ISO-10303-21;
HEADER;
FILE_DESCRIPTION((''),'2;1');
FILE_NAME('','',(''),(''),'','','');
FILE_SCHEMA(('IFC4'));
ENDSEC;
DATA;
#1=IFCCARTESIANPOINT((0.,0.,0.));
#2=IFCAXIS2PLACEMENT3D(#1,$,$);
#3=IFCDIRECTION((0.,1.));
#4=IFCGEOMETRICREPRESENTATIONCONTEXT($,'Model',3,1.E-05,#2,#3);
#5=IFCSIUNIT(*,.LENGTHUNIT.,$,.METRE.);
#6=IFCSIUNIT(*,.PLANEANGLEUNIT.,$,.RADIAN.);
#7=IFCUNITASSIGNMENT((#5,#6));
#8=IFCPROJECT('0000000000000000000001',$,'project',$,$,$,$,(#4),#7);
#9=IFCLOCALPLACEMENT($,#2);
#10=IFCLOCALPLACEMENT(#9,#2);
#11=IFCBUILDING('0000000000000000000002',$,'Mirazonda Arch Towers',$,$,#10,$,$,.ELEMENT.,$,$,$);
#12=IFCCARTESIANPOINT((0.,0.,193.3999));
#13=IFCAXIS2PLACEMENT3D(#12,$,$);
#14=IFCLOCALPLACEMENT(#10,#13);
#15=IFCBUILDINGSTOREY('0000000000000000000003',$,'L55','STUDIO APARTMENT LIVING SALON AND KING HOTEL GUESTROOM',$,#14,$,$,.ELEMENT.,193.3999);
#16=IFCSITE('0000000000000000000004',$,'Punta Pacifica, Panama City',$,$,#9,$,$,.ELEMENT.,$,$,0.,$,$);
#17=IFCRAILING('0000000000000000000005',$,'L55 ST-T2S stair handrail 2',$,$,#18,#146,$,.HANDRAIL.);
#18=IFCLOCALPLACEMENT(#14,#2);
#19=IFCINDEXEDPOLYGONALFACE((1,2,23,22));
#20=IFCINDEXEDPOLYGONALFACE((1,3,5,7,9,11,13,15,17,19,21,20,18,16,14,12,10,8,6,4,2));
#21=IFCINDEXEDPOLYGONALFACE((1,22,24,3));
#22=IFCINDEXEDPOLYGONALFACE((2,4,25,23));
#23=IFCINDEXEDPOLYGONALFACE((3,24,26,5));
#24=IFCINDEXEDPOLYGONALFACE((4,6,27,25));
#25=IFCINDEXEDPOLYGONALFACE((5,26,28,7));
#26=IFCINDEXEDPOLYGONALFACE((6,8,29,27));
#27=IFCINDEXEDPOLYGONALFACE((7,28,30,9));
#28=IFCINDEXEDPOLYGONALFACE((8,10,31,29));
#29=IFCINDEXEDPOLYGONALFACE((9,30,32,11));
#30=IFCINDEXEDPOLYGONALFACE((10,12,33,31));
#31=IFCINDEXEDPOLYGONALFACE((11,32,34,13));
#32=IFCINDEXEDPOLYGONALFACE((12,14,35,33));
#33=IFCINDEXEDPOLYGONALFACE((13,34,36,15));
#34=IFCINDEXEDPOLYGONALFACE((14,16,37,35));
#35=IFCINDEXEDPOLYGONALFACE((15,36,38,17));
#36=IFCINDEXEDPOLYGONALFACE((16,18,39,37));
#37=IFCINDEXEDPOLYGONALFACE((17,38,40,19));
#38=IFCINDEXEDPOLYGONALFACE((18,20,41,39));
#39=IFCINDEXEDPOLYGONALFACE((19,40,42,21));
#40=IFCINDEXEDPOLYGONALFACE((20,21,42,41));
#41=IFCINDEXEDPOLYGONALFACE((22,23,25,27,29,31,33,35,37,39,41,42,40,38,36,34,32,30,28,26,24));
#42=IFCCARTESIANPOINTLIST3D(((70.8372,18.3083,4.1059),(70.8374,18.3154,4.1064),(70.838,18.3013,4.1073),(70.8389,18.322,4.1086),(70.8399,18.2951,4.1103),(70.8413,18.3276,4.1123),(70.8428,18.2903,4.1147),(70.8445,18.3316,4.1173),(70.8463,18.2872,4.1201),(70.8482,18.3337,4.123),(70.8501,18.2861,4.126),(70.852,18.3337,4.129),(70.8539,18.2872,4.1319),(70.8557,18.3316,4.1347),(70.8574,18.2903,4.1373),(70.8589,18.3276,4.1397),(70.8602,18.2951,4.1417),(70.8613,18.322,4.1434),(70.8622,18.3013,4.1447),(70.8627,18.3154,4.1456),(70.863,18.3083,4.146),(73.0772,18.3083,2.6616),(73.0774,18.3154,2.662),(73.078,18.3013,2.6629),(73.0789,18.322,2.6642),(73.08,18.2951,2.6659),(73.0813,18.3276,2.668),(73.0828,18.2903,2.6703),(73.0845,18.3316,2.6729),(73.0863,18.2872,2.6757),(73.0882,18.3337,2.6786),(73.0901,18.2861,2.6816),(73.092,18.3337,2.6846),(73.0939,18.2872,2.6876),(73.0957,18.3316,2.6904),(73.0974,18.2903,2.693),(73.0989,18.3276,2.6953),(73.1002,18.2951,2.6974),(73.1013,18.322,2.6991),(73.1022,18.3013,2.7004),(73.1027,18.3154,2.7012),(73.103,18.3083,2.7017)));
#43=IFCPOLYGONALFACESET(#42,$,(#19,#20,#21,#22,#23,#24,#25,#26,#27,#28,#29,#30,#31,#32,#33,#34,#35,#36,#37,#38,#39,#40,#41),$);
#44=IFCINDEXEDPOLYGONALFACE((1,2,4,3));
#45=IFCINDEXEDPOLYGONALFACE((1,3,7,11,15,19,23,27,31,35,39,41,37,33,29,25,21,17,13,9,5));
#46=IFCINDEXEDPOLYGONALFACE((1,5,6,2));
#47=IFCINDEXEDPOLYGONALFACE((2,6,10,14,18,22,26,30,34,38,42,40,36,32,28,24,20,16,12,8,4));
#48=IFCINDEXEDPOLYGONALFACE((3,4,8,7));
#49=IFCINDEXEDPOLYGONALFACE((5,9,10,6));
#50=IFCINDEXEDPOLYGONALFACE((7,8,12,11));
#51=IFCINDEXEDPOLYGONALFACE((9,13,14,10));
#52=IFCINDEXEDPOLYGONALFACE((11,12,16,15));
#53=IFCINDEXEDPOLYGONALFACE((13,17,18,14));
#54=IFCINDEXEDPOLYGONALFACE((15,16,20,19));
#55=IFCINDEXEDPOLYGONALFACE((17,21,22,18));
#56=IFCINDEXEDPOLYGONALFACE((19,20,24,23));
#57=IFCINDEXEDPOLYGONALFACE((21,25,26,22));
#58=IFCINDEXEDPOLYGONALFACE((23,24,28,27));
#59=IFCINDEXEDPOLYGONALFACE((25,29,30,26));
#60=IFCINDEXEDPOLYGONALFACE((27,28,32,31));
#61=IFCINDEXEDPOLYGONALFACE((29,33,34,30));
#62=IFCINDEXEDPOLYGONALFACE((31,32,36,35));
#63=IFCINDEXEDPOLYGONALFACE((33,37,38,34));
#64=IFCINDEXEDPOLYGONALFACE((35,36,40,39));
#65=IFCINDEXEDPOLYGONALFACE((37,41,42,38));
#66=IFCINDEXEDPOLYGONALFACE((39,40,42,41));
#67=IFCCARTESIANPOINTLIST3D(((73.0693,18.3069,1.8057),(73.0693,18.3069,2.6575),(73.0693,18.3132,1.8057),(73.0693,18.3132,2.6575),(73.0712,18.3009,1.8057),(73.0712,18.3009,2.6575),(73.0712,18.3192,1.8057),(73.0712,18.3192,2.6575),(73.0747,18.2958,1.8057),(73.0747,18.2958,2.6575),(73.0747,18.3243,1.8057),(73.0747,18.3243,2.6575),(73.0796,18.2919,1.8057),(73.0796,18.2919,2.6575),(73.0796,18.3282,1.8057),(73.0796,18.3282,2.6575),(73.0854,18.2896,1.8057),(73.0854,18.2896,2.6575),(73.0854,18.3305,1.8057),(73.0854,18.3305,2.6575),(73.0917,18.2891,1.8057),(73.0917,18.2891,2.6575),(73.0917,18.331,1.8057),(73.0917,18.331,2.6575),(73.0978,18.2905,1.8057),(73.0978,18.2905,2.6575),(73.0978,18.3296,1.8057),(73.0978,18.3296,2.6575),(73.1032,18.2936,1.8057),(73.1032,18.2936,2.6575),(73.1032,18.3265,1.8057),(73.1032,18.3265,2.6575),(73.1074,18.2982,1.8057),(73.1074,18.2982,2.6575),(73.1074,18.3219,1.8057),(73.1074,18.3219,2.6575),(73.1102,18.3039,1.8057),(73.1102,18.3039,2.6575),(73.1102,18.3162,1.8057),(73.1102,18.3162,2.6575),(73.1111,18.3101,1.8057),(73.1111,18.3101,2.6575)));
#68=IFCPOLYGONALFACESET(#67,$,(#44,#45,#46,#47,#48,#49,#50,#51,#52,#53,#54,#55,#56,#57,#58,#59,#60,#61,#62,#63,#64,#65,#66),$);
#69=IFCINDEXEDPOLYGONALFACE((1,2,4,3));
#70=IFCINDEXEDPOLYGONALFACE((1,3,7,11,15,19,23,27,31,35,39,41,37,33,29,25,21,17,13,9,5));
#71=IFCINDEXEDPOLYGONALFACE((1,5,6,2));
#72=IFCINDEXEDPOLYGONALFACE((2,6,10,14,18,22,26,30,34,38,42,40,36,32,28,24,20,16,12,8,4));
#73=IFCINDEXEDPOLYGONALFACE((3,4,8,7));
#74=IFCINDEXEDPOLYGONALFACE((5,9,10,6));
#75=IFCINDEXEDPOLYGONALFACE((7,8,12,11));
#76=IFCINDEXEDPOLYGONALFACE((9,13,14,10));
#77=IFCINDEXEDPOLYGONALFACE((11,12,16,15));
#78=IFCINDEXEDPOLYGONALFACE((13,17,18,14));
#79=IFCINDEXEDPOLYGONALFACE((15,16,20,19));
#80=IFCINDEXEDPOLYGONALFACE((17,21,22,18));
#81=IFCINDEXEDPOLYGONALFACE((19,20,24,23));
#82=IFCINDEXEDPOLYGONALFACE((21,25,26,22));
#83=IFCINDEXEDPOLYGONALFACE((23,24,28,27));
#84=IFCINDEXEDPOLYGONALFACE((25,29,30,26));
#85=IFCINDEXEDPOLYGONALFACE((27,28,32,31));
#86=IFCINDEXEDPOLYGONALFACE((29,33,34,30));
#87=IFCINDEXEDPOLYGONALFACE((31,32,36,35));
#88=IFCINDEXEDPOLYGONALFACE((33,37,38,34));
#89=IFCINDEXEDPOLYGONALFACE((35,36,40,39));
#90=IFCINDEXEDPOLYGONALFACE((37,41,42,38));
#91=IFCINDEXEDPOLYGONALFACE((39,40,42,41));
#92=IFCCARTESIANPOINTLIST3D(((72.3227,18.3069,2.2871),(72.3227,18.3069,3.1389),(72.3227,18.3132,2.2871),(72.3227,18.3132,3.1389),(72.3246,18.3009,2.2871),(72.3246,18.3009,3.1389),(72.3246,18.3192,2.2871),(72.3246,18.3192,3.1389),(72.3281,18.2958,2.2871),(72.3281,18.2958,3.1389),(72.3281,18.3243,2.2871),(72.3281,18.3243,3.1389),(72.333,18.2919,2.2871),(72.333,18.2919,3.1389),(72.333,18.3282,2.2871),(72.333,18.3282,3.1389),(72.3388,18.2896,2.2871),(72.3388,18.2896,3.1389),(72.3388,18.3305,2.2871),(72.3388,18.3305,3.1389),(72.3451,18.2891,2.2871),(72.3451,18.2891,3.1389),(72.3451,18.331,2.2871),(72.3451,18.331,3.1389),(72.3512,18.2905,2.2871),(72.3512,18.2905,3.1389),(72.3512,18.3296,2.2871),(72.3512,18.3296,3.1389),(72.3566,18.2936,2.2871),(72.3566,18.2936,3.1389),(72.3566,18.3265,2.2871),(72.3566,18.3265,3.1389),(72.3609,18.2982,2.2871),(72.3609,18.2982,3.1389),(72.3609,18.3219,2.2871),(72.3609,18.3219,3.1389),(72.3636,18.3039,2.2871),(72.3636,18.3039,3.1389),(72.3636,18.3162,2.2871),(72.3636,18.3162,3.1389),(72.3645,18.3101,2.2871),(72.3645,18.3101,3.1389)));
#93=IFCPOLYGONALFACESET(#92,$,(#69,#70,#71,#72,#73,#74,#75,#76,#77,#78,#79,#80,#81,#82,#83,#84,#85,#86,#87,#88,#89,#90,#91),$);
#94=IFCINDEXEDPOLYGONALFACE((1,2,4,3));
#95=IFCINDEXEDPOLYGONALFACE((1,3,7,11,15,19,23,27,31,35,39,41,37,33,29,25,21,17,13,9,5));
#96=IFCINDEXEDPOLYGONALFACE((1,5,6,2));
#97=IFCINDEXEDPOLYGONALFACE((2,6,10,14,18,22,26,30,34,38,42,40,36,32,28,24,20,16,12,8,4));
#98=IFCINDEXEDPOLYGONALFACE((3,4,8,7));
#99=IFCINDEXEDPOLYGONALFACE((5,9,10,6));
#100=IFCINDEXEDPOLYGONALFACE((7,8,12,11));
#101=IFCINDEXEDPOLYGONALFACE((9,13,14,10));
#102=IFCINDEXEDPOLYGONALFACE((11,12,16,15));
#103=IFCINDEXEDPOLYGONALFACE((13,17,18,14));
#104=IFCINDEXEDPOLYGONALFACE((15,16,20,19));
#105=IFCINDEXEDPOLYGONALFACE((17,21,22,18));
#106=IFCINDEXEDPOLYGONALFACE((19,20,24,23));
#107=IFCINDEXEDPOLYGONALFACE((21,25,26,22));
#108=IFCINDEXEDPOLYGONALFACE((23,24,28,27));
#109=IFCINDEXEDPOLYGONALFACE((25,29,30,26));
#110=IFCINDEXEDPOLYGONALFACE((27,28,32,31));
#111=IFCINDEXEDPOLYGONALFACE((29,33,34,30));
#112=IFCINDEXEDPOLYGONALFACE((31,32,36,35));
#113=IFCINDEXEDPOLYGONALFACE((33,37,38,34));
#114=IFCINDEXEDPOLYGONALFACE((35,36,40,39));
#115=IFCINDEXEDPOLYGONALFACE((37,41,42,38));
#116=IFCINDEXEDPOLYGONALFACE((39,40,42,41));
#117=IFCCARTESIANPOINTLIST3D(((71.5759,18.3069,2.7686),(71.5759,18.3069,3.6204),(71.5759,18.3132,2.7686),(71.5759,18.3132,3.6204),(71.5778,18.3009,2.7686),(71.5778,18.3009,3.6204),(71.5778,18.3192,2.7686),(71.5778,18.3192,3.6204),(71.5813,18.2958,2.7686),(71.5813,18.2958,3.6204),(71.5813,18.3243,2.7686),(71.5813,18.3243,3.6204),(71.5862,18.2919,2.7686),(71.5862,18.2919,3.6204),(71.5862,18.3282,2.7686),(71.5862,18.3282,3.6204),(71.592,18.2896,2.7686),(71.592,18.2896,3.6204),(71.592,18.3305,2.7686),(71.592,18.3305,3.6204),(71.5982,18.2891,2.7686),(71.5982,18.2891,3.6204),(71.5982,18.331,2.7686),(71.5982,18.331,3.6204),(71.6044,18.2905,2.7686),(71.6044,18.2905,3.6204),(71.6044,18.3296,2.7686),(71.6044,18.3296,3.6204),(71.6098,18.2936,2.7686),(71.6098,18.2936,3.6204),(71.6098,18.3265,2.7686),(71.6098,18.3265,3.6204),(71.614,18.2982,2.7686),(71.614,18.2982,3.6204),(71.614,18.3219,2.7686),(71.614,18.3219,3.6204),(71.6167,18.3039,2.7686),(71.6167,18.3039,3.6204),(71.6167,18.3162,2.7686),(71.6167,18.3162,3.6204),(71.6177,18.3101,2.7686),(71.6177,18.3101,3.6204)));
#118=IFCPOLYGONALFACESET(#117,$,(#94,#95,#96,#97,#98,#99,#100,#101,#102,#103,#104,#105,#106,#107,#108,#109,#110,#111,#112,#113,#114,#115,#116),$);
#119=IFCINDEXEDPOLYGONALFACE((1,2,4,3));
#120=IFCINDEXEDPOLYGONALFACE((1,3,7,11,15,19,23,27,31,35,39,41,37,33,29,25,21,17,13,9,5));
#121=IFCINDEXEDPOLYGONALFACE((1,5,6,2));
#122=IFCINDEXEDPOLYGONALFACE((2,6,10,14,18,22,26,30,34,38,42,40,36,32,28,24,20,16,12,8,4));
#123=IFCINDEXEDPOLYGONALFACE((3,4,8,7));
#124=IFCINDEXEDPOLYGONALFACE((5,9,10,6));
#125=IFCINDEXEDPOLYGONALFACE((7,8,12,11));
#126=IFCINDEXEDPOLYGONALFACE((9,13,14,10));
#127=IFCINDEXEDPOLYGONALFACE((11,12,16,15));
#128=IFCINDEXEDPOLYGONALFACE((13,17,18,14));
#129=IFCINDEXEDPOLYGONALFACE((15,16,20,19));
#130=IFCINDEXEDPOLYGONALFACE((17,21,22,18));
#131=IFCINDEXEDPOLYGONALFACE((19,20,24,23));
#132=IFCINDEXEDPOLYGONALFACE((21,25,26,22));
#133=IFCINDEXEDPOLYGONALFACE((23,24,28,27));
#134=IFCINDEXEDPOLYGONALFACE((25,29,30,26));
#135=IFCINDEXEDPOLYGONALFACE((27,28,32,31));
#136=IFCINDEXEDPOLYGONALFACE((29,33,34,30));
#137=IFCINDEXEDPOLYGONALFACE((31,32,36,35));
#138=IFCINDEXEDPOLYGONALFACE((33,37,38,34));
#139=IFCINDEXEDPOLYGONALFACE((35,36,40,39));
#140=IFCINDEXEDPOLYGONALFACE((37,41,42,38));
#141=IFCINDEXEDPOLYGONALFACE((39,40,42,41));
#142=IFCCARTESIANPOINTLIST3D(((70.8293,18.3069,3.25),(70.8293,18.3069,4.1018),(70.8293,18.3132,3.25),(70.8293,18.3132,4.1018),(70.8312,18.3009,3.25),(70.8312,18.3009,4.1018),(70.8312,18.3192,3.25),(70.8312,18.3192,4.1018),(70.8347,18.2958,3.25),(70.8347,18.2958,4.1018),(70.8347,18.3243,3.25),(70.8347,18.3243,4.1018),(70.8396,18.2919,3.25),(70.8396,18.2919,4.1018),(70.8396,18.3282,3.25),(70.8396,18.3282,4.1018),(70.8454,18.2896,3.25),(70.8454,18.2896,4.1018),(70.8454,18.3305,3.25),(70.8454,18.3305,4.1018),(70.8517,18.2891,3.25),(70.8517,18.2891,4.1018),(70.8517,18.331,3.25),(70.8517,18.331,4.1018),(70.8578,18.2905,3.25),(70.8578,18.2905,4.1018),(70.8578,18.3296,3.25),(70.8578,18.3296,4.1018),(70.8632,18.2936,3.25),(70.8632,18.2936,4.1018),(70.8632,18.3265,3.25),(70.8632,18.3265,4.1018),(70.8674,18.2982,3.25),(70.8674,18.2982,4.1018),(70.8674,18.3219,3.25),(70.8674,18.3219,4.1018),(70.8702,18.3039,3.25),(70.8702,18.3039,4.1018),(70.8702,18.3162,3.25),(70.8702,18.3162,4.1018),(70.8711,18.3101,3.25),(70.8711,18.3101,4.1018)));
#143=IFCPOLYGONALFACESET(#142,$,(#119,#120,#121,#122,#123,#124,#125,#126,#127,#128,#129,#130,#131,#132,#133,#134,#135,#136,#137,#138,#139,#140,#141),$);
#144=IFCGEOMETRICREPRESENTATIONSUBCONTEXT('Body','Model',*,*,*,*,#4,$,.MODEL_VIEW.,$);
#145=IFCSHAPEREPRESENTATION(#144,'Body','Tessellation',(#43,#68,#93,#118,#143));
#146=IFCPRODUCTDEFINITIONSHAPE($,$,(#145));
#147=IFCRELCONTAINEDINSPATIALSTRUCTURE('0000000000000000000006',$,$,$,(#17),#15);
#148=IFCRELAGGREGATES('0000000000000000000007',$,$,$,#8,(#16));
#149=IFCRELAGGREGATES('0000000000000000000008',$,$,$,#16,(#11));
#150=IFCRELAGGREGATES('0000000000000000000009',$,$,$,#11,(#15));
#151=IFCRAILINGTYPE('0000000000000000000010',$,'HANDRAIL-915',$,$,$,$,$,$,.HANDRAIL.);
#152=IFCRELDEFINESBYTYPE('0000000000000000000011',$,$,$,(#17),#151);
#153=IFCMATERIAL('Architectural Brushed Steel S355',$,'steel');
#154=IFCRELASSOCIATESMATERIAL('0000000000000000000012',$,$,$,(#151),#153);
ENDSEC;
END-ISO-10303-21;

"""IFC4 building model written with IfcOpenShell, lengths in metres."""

from ifc_helpers import new_model, si_unit, direction, frame, origin, origin_2d, place, context, subcontext, project, spatial, circle, extrude, material, type_object, element, save


model = new_model("IFC4")

# Units and contexts
model_context = context("Model", 3, precision=1e-05, world=origin(), true_north=direction((0.0, 1.0)))
body_context = subcontext(model_context, "Body", "Model", "MODEL_VIEW")
ifc_project = project(units=[si_unit("LENGTHUNIT", "METRE"), si_unit("PLANEANGLEUNIT", "RADIAN")], contexts=[model_context])

# Site, building, storey
site_placement = place(None, origin())
site = spatial("IfcSite", under=ifc_project, at=site_placement, Name="Punta Pacifica, Panama City", CompositionType="ELEMENT", RefElevation=0.0)
building_placement = place(site_placement, origin())
building = spatial("IfcBuilding", under=site, at=building_placement, Name="Mirazonda Arch Towers", CompositionType="ELEMENT")
storey_placement = place(building_placement, frame((0.0, 0.0, 193.3999)))
storey = spatial("IfcBuildingStorey", under=building, at=storey_placement, Name="L55", Description="STUDIO APARTMENT LIVING SALON AND KING HOTEL GUESTROOM", CompositionType="ELEMENT", Elevation=193.3999)

# Shared definitions
ifc_material_1 = material(Name="Architectural Brushed Steel S355", Category="steel")

# Railing
railing_type_1 = type_object("IfcRailingType", Name="HANDRAIL-915", PredefinedType="HANDRAIL", material=ifc_material_1)
railing_1_placement = place(storey_placement, frame((73.0901, 18.3101, 1.8057)))
element("IfcRailing", 1, at=railing_1_placement, inside=storey, type_object=railing_type_1, Name="L55 ST-T2S stair handrail 2", PredefinedType="HANDRAIL", context=body_context, shape_type="SweptSolid", body=[
    extrude(circle(Radius=0.0239, at=origin_2d()), frame((0.0, 0.0, 0.876), z_axis=(-0.840437, 0.0, 0.54191), x_axis=(0.0, -1.0, 0.0)), (0.0, 0.0, 1.0), 2.6653),
    extrude(circle(Radius=0.021, at=origin_2d()), origin(), (0.0, 0.0, 1.0), 0.8518),
    extrude(circle(Radius=0.021, at=origin_2d()), frame((-0.7466, 0.0, 0.4814)), (0.0, 0.0, 1.0), 0.8518),
    extrude(circle(Radius=0.021, at=origin_2d()), frame((-1.4934, 0.0, 0.9629)), (0.0, 0.0, 1.0), 0.8518),
    extrude(circle(Radius=0.021, at=origin_2d()), frame((-2.24, 0.0, 1.4443)), (0.0, 0.0, 1.0), 0.8518),
])

save(model, "model.ifc")
